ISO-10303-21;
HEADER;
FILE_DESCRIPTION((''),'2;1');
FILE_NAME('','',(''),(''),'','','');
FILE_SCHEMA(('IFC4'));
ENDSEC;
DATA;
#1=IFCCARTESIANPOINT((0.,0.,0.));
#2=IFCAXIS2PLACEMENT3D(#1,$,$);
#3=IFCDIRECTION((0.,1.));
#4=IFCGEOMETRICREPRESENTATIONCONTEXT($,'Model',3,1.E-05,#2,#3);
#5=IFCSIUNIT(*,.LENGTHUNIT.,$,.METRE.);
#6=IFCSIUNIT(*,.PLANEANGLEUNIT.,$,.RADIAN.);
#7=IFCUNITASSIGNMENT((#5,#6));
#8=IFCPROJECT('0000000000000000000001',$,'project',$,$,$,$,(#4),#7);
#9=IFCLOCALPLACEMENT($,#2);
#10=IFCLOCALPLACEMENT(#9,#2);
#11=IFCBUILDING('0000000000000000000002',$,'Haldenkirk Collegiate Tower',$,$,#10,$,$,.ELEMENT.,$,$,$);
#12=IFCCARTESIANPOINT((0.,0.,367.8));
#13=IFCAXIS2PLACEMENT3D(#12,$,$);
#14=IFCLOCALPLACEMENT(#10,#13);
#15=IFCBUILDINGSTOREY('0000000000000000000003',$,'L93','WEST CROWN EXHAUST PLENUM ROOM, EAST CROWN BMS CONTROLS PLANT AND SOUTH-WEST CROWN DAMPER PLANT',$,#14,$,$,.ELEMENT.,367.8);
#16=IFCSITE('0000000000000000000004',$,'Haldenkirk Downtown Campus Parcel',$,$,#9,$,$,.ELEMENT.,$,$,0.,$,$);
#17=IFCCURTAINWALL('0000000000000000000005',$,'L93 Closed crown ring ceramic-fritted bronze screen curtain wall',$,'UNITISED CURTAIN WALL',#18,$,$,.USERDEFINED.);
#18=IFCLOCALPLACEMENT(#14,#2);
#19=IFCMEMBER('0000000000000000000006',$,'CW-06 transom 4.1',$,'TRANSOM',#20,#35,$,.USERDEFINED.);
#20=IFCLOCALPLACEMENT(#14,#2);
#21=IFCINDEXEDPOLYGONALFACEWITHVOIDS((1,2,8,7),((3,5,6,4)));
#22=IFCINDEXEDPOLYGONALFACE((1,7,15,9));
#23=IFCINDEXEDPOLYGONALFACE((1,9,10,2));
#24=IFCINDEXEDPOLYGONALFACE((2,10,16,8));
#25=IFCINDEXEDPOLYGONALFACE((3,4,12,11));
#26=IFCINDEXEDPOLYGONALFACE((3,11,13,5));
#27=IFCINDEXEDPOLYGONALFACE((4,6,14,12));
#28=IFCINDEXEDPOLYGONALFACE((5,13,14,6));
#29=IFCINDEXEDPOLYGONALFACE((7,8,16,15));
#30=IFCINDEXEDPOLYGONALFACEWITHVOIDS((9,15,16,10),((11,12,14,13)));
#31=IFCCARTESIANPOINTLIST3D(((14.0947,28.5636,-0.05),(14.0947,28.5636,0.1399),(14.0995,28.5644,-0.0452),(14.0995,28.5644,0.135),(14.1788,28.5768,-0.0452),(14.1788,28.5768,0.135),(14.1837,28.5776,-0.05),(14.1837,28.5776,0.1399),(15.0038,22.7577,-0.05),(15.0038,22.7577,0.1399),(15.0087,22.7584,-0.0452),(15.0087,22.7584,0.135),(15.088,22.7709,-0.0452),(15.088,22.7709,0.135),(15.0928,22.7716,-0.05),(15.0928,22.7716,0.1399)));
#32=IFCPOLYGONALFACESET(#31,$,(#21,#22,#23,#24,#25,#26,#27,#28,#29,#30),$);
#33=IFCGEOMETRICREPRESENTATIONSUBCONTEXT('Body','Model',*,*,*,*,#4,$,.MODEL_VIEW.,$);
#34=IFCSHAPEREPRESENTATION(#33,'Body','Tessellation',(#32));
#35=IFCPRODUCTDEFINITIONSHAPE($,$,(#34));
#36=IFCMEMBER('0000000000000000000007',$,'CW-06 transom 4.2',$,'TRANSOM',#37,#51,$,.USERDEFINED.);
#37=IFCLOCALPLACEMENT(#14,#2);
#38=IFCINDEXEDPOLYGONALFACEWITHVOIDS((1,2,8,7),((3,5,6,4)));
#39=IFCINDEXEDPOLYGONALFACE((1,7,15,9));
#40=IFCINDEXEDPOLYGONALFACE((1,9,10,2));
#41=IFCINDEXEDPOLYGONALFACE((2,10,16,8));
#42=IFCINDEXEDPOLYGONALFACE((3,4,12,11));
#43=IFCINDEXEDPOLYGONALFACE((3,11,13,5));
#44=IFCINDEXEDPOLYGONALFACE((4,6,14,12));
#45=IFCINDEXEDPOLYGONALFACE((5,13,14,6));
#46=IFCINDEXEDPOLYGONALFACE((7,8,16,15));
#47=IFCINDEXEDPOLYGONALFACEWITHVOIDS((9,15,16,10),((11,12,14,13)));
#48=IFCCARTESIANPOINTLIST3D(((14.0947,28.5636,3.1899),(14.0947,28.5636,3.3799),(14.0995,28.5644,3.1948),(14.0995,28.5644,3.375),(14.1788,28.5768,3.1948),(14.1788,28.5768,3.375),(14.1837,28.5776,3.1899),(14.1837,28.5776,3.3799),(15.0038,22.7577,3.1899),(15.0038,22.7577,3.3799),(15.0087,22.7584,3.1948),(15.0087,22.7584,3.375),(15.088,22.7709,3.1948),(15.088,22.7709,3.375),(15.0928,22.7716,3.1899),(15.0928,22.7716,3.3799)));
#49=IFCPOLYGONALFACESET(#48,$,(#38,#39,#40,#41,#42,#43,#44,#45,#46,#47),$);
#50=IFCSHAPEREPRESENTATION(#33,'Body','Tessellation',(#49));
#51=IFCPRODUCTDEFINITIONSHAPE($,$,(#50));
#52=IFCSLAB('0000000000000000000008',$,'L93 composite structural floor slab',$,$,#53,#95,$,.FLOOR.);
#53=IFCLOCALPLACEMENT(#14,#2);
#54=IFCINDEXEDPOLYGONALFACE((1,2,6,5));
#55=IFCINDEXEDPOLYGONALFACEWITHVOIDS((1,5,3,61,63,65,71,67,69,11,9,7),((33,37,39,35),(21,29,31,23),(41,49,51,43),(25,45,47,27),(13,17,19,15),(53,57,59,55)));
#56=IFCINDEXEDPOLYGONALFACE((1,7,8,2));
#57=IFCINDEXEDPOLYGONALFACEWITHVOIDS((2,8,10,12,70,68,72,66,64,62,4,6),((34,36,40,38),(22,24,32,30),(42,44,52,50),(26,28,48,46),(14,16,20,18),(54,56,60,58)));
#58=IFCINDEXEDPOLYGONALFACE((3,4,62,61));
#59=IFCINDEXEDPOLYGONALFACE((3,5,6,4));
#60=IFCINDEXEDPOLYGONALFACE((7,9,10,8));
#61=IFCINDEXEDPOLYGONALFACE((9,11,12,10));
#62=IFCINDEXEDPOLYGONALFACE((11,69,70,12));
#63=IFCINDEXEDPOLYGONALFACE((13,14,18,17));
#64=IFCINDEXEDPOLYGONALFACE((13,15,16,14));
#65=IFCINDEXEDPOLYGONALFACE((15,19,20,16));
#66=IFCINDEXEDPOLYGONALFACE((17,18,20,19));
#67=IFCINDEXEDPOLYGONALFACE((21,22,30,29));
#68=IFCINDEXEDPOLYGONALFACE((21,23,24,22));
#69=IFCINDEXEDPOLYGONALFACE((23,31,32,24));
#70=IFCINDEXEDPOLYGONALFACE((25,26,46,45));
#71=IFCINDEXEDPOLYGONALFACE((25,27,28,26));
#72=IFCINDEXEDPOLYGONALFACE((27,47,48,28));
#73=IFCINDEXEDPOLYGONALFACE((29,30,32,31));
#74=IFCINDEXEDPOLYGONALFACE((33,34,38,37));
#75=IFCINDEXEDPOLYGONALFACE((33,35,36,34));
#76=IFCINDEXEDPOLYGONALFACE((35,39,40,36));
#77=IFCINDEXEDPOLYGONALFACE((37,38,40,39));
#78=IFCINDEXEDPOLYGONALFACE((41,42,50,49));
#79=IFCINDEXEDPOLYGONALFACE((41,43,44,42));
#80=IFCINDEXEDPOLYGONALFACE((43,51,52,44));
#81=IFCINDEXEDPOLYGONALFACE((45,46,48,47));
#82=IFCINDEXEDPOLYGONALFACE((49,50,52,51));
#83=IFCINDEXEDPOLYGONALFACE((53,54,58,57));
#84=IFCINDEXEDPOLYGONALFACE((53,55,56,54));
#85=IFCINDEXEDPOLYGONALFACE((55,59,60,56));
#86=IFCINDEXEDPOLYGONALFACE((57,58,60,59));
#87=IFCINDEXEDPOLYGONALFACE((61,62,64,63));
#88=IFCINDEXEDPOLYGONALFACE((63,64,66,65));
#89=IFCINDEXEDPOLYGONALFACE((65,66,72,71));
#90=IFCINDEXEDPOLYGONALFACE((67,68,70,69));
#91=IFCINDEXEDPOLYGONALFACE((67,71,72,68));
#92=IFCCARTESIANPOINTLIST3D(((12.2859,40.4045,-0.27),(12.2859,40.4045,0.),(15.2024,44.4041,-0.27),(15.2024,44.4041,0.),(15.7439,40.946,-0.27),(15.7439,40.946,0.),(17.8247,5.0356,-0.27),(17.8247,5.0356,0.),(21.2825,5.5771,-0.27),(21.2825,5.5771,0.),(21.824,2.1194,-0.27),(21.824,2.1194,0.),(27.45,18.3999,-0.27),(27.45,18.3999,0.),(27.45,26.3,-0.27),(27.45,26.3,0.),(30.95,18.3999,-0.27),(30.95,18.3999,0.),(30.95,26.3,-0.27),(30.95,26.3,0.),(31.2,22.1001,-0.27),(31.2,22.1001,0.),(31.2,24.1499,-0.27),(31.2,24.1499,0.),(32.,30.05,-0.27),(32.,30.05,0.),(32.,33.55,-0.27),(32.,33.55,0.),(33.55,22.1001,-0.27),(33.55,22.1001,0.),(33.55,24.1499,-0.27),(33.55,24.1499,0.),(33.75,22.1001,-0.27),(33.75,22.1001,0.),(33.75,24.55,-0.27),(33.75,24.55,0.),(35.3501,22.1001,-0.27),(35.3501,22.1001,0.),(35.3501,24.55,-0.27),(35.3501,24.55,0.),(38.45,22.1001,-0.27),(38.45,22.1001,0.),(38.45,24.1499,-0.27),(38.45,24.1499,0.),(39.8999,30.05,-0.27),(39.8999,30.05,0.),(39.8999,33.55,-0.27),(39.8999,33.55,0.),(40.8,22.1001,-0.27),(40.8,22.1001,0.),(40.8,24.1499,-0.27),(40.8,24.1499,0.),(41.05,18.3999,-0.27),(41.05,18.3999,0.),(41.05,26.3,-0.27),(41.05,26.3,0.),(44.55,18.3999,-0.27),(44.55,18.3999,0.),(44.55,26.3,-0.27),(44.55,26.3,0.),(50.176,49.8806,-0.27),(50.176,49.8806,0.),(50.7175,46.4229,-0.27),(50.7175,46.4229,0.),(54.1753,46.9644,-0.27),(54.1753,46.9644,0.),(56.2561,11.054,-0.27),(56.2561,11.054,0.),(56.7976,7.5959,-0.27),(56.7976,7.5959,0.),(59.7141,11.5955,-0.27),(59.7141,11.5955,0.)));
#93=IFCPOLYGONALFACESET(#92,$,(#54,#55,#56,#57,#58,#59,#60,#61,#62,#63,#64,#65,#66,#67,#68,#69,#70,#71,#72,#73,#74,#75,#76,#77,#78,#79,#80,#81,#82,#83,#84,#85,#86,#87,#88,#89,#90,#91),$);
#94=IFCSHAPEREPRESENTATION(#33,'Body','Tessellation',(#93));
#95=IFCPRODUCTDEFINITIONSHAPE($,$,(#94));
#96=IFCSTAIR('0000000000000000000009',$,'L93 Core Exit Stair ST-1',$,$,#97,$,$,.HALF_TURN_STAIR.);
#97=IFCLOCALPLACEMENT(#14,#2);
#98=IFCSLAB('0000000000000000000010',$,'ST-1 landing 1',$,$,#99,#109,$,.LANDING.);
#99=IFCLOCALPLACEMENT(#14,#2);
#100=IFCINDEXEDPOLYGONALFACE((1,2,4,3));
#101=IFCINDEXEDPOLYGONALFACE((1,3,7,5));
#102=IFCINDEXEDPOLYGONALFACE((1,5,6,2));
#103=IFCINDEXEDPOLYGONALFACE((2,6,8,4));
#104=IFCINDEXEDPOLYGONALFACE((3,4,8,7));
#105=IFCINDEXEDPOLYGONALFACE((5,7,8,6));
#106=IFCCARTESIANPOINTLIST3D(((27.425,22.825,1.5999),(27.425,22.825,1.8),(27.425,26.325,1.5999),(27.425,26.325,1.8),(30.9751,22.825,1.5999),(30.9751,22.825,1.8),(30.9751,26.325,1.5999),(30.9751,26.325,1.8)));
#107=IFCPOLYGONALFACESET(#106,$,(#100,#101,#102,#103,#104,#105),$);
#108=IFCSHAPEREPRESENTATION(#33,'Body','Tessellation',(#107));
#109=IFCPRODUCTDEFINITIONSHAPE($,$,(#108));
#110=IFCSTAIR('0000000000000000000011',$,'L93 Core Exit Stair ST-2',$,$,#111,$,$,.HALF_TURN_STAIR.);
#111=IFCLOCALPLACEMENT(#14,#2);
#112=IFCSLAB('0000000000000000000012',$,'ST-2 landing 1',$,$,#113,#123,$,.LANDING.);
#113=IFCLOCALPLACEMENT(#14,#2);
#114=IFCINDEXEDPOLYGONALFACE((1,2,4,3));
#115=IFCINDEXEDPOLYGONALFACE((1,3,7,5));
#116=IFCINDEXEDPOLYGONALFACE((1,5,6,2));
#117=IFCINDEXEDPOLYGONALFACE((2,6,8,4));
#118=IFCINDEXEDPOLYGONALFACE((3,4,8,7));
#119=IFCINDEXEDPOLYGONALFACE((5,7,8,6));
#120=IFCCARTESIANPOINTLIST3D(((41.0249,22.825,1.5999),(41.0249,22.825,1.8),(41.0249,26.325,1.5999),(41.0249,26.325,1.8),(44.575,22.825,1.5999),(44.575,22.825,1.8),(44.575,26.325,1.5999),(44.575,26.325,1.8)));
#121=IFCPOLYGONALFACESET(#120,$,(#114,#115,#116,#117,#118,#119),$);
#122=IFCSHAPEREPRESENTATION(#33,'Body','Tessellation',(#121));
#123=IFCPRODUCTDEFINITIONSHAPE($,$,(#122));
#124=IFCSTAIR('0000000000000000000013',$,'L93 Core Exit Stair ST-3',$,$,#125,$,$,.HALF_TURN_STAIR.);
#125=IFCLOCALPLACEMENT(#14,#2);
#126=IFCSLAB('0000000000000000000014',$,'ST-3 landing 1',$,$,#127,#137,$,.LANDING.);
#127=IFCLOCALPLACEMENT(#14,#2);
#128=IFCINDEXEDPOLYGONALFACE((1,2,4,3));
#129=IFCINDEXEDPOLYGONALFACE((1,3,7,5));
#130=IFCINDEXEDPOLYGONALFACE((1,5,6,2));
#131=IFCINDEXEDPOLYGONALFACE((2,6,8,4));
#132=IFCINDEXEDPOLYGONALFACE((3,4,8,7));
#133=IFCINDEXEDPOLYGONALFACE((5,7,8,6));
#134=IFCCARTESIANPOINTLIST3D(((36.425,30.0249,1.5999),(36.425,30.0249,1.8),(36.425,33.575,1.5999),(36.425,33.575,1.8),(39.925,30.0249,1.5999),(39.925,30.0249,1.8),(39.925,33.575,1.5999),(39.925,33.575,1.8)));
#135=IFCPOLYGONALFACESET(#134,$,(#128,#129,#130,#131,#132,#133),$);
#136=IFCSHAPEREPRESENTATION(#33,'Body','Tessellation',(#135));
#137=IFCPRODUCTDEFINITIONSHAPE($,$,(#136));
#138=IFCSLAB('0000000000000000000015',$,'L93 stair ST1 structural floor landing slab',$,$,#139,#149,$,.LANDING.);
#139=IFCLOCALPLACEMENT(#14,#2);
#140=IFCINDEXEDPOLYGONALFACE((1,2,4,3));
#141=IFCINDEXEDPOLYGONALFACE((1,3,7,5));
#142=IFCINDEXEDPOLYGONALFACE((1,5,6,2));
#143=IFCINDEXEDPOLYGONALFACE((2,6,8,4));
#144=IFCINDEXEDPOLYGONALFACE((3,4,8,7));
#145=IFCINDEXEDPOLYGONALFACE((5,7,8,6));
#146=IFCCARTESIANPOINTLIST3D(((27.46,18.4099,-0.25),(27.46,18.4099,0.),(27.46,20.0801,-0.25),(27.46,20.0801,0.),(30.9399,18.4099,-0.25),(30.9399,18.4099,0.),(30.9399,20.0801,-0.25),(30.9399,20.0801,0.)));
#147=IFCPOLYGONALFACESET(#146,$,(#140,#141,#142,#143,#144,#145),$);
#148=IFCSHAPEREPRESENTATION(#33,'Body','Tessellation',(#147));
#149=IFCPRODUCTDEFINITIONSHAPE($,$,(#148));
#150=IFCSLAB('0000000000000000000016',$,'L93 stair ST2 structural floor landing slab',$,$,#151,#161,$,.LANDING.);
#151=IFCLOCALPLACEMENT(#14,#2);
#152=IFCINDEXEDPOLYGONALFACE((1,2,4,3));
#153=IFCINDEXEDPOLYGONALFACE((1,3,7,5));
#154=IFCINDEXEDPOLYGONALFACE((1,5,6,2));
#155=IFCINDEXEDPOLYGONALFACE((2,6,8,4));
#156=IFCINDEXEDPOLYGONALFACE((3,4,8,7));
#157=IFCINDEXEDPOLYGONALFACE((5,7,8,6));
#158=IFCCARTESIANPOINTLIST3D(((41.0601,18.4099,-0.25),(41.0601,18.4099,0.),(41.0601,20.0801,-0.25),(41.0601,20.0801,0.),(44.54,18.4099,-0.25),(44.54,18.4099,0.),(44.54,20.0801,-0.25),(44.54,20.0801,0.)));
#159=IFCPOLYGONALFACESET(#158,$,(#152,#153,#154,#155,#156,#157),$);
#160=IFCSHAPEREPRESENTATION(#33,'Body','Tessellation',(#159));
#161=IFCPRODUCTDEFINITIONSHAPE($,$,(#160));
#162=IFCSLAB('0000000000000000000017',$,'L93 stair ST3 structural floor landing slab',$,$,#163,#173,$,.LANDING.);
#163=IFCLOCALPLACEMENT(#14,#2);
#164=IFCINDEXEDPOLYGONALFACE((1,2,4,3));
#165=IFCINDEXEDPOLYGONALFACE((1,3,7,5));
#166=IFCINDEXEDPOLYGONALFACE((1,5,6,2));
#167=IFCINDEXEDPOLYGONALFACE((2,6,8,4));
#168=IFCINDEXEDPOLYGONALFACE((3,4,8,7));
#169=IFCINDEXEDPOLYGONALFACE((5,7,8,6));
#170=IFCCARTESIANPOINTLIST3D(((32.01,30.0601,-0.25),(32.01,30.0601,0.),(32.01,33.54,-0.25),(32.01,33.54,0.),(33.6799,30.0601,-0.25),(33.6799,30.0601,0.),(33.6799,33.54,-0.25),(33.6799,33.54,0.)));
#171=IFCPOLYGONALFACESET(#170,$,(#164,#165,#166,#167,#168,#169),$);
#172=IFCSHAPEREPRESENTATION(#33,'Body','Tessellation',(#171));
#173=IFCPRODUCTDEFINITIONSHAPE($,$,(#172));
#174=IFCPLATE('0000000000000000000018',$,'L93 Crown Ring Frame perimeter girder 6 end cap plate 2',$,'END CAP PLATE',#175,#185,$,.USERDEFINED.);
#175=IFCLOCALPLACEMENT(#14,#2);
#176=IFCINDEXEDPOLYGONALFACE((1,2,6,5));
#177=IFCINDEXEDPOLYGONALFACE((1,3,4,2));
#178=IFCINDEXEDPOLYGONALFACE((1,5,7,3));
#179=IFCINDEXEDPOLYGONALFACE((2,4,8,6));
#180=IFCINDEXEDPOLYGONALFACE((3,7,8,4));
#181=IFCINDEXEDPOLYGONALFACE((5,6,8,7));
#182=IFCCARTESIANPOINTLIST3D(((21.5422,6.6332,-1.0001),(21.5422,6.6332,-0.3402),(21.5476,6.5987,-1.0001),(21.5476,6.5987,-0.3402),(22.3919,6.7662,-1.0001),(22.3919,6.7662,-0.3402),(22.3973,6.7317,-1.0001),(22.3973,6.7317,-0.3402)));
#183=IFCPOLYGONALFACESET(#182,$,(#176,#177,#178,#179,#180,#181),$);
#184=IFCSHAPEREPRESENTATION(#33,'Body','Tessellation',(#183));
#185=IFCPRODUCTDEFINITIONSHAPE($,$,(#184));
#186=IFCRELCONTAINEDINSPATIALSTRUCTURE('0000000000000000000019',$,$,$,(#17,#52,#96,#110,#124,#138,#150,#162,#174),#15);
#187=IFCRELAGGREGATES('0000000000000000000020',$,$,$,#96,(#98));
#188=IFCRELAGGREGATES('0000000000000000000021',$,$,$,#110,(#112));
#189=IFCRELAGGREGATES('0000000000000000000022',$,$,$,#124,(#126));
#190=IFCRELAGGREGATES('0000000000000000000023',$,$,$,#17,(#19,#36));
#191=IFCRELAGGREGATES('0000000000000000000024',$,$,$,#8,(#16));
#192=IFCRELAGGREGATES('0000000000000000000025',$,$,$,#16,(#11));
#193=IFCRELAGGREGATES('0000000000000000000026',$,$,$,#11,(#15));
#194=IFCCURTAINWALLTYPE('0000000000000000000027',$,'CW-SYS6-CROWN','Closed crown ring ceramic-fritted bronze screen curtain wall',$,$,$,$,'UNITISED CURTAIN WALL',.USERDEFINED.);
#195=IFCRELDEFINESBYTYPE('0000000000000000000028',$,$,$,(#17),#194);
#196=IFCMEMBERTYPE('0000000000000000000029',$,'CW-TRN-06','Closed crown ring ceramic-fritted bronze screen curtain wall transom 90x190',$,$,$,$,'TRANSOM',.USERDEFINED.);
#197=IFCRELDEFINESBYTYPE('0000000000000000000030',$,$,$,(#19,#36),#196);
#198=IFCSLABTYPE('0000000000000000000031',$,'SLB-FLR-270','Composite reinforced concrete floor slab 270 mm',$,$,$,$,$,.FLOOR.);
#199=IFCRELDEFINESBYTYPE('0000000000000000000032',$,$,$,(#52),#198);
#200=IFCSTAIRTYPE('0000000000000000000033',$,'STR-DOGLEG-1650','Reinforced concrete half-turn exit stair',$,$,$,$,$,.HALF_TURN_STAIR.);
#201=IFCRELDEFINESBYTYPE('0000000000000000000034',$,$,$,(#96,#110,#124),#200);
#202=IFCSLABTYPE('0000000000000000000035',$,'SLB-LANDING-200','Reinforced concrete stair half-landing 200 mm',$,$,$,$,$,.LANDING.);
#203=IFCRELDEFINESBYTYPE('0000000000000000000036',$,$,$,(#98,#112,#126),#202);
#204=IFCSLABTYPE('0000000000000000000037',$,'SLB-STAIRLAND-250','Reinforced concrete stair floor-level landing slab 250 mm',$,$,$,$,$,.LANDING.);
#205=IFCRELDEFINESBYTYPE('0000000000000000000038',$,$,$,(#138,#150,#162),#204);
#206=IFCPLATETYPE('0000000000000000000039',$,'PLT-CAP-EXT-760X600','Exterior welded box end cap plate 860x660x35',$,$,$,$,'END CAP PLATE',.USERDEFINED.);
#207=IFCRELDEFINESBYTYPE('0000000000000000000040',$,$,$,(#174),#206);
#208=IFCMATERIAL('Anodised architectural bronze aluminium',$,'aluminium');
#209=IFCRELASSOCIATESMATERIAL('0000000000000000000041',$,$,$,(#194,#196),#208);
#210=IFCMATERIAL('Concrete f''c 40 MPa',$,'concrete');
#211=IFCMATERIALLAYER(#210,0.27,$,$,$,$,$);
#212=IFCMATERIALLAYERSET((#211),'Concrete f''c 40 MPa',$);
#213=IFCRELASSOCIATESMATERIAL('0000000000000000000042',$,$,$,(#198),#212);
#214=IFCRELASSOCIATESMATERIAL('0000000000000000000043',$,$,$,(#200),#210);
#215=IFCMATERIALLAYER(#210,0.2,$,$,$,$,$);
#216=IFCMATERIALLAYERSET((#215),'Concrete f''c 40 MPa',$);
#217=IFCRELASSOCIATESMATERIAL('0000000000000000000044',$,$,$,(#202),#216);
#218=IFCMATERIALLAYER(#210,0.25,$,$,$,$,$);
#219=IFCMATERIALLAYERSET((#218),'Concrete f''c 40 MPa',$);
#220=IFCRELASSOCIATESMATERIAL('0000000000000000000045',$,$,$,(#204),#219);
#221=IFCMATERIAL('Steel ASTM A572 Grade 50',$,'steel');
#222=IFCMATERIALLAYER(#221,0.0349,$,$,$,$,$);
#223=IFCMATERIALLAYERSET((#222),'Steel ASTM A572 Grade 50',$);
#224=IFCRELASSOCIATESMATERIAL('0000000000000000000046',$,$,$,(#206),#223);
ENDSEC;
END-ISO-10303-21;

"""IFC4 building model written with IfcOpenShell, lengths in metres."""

from ifc_helpers import new_model, si_unit, direction, frame, origin, origin_2d, place, context, subcontext, project, spatial, polyline, rectangle, hollow_rectangle, outline, extrude, source, transform, mapped, material, layer, layer_set, material_profile, profile_set, type_object, element, aggregate, save


model = new_model("IFC4")

# Units and contexts
model_context = context("Model", 3, precision=1e-05, world=origin(), true_north=direction((0.0, 1.0)))
body_context = subcontext(model_context, "Body", "Model", "MODEL_VIEW")
ifc_project = project(units=[si_unit("LENGTHUNIT", "METRE"), si_unit("PLANEANGLEUNIT", "RADIAN")], contexts=[model_context])

# Site, building, storey
site_placement = place(None, origin())
site = spatial("IfcSite", under=ifc_project, at=site_placement, Name="Haldenkirk Downtown Campus Parcel", CompositionType="ELEMENT", RefElevation=0.0)
building_placement = place(site_placement, origin())
building = spatial("IfcBuilding", under=site, at=building_placement, Name="Haldenkirk Collegiate Tower", CompositionType="ELEMENT")
storey_placement = place(building_placement, frame((0.0, 0.0, 367.8)))
storey = spatial("IfcBuildingStorey", under=building, at=storey_placement, Name="L93", Description="WEST CROWN EXHAUST PLENUM ROOM, EAST CROWN BMS CONTROLS PLANT AND SOUTH-WEST CROWN DAMPER PLANT", CompositionType="ELEMENT", Elevation=367.8)

# Curtain wall
ifc_material_1 = material(Name="Anodised architectural bronze aluminium", Category="aluminium")
curtain_wall_type = type_object("IfcCurtainWallType", Name="CW-SYS6-CROWN", Description="Closed crown ring ceramic-fritted bronze screen curtain wall", ElementType="UNITISED CURTAIN WALL", PredefinedType="USERDEFINED", material=ifc_material_1)
curtain_wall_1_placement = place(storey_placement, origin())
curtain_wall_1 = element("IfcCurtainWall", 1, at=curtain_wall_1_placement, inside=storey, type_object=curtain_wall_type, Name="L93 Closed crown ring ceramic-fritted bronze screen curtain wall", ObjectType="UNITISED CURTAIN WALL", PredefinedType="USERDEFINED")

# Members
ifc_material_profile_1 = material_profile(ifc_material_1, hollow_rectangle(XDim=0.0901, YDim=0.1899, WallThickness=0.0049, at=origin_2d()), Name="CW-TRN-06")
ifc_profile_set_1 = profile_set([ifc_material_profile_1], Name="Anodised architectural bronze aluminium")
member_type_1 = type_object("IfcMemberType", Name="CW-TRN-06", Description="Closed crown ring ceramic-fritted bronze screen curtain wall transom 90x190", ElementType="TRANSOM", PredefinedType="USERDEFINED", material=ifc_profile_set_1)
member_1_placement = place(storey_placement, frame((15.0483, 22.7646, 0.0449), z_axis=(-0.15471, 0.98796, 0.0), x_axis=(-0.98796, -0.15471, 0.0)))
member_1 = element("IfcMember", 2, at=member_1_placement, type_object=member_type_1, Name="CW-06 transom 4.1", ObjectType="TRANSOM", PredefinedType="USERDEFINED", context=body_context, shape_type="SweptSolid", body=[
    extrude(hollow_rectangle(XDim=0.0901, YDim=0.1899, WallThickness=0.0049, at=origin_2d()), origin(), (0.0, 0.0, 1.0), 5.8767),
])
member_2_placement = place(storey_placement, frame((15.0483, 22.7646, 3.2849), z_axis=(-0.15471, 0.98796, 0.0), x_axis=(-0.98796, -0.15471, 0.0)))
member_2 = element("IfcMember", 3, at=member_2_placement, type_object=member_type_1, Name="CW-06 transom 4.2", ObjectType="TRANSOM", PredefinedType="USERDEFINED", context=body_context, shape_type="SweptSolid", body=[
    extrude(hollow_rectangle(XDim=0.0901, YDim=0.1899, WallThickness=0.0049, at=origin_2d()), origin(), (0.0, 0.0, 1.0), 5.8767),
])

# Slab
ifc_material_2 = material(Name="Concrete f'c 40 MPa", Category="concrete")
ifc_layer_1 = layer(ifc_material_2, 0.27)
ifc_layer_set_1 = layer_set([ifc_layer_1], Name="Concrete f'c 40 MPa")
slab_type_1 = type_object("IfcSlabType", Name="SLB-FLR-270", Description="Composite reinforced concrete floor slab 270 mm", PredefinedType="FLOOR", material=ifc_layer_set_1)
slab_1_placement = place(storey_placement, frame((0.0, 0.0, -0.27)))
element("IfcSlab", 4, at=slab_1_placement, inside=storey, type_object=slab_type_1, Name="L93 composite structural floor slab", PredefinedType="FLOOR", context=body_context, shape_type="SweptSolid", body=[
    extrude(outline(polyline([(59.7141, 11.5955), (54.1753, 46.9644), (50.7175, 46.4229), (50.176, 49.8806), (15.2024, 44.4041), (15.7439, 40.946), (12.2859, 40.4045), (17.8247, 5.0356), (21.2825, 5.5771), (21.824, 2.1194), (56.7976, 7.5959), (56.2561, 11.054), (59.7141, 11.5955)]), holes=[polyline([(27.45, 18.3999), (30.95, 18.3999), (30.95, 26.3), (27.45, 26.3), (27.45, 18.3999)]), polyline([(41.05, 18.3999), (44.55, 18.3999), (44.55, 26.3), (41.05, 26.3), (41.05, 18.3999)]), polyline([(32.0, 30.05), (39.8999, 30.05), (39.8999, 33.55), (32.0, 33.55), (32.0, 30.05)]), polyline([(33.75, 22.1001), (35.3501, 22.1001), (35.3501, 24.55), (33.75, 24.55), (33.75, 22.1001)]), polyline([(31.2, 22.1001), (33.55, 22.1001), (33.55, 24.1499), (31.2, 24.1499), (31.2, 22.1001)]), polyline([(38.45, 22.1001), (40.8, 22.1001), (40.8, 24.1499), (38.45, 24.1499), (38.45, 22.1001)])]), origin(), (0.0, 0.0, 1.0), 0.27),
])

# Stairs, slabs
stair_type = type_object("IfcStairType", Name="STR-DOGLEG-1650", Description="Reinforced concrete half-turn exit stair", PredefinedType="HALF_TURN_STAIR", material=ifc_material_2)
stair_1_placement = place(storey_placement, origin())
stair_1 = element("IfcStair", 5, at=stair_1_placement, inside=storey, type_object=stair_type, Name="L93 Core Exit Stair ST-1", PredefinedType="HALF_TURN_STAIR")
ifc_layer_2 = layer(ifc_material_2, 0.2)
ifc_layer_set_2 = layer_set([ifc_layer_2], Name="Concrete f'c 40 MPa")
slab_type_2 = type_object("IfcSlabType", Name="SLB-LANDING-200", Description="Reinforced concrete stair half-landing 200 mm", PredefinedType="LANDING", material=ifc_layer_set_2)
slab_2_placement = place(storey_placement, frame((0.0, 0.0, 1.5999)))
slab_2 = element("IfcSlab", 6, at=slab_2_placement, type_object=slab_type_2, Name="ST-1 landing 1", PredefinedType="LANDING", context=body_context, shape_type="SweptSolid", body=[
    extrude(outline(polyline([(30.9751, 22.825), (27.425, 22.825), (27.425, 26.325), (30.9751, 26.325), (30.9751, 22.825)])), origin(), (0.0, 0.0, 1.0), 0.2002),
])
aggregate(stair_1, [slab_2])
stair_2_placement = place(storey_placement, origin())
stair_2 = element("IfcStair", 7, at=stair_2_placement, inside=storey, type_object=stair_type, Name="L93 Core Exit Stair ST-2", PredefinedType="HALF_TURN_STAIR")
slab_3_placement = place(storey_placement, frame((0.0, 0.0, 1.5999)))
slab_3 = element("IfcSlab", 8, at=slab_3_placement, type_object=slab_type_2, Name="ST-2 landing 1", PredefinedType="LANDING", context=body_context, shape_type="SweptSolid", body=[
    extrude(outline(polyline([(44.575, 22.825), (41.0249, 22.825), (41.0249, 26.325), (44.575, 26.325), (44.575, 22.825)])), origin(), (0.0, 0.0, 1.0), 0.2002),
])
aggregate(stair_2, [slab_3])
stair_3_placement = place(storey_placement, origin())
stair_3 = element("IfcStair", 9, at=stair_3_placement, inside=storey, type_object=stair_type, Name="L93 Core Exit Stair ST-3", PredefinedType="HALF_TURN_STAIR")
slab_4_placement = place(storey_placement, frame((0.0, 0.0, 1.5999)))
slab_4 = element("IfcSlab", 10, at=slab_4_placement, type_object=slab_type_2, Name="ST-3 landing 1", PredefinedType="LANDING", context=body_context, shape_type="SweptSolid", body=[
    extrude(outline(polyline([(36.425, 30.0249), (36.425, 33.575), (39.925, 33.575), (39.925, 30.0249), (36.425, 30.0249)])), origin(), (0.0, 0.0, 1.0), 0.2002),
])
aggregate(stair_3, [slab_4])

# Slabs
ifc_layer_3 = layer(ifc_material_2, 0.25)
ifc_layer_set_3 = layer_set([ifc_layer_3], Name="Concrete f'c 40 MPa")
slab_type_3 = type_object("IfcSlabType", Name="SLB-STAIRLAND-250", Description="Reinforced concrete stair floor-level landing slab 250 mm", PredefinedType="LANDING", material=ifc_layer_set_3)
slab_5_placement = place(storey_placement, frame((0.0, 0.0, -0.25)))
element("IfcSlab", 11, at=slab_5_placement, inside=storey, type_object=slab_type_3, Name="L93 stair ST1 structural floor landing slab", PredefinedType="LANDING", context=body_context, shape_type="SweptSolid", body=[
    extrude(outline(polyline([(27.46, 18.4099), (30.9399, 18.4099), (30.9399, 20.0801), (27.46, 20.0801), (27.46, 18.4099)])), origin(), (0.0, 0.0, 1.0), 0.25),
])
slab_6_placement = place(storey_placement, frame((0.0, 0.0, -0.25)))
element("IfcSlab", 12, at=slab_6_placement, inside=storey, type_object=slab_type_3, Name="L93 stair ST2 structural floor landing slab", PredefinedType="LANDING", context=body_context, shape_type="SweptSolid", body=[
    extrude(outline(polyline([(41.0601, 18.4099), (44.54, 18.4099), (44.54, 20.0801), (41.0601, 20.0801), (41.0601, 18.4099)])), origin(), (0.0, 0.0, 1.0), 0.25),
])
slab_7_placement = place(storey_placement, frame((0.0, 0.0, -0.25)))
element("IfcSlab", 13, at=slab_7_placement, inside=storey, type_object=slab_type_3, Name="L93 stair ST3 structural floor landing slab", PredefinedType="LANDING", context=body_context, shape_type="SweptSolid", body=[
    extrude(outline(polyline([(32.01, 30.0601), (33.6799, 30.0601), (33.6799, 33.54), (32.01, 33.54), (32.01, 30.0601)])), origin(), (0.0, 0.0, 1.0), 0.25),
])

# Plate
ifc_material_3 = material(Name="Steel ASTM A572 Grade 50", Category="steel")
ifc_layer_4 = layer(ifc_material_3, 0.0349)
ifc_layer_set_4 = layer_set([ifc_layer_4], Name="Steel ASTM A572 Grade 50")
plate_type_1 = type_object("IfcPlateType", Name="PLT-CAP-EXT-760X600", Description="Exterior welded box end cap plate 860x660x35", ElementType="END CAP PLATE", PredefinedType="USERDEFINED", material=ifc_layer_set_4)
shared_shape_1 = source(origin(), body_context, "Body", "SweptSolid", [
    extrude(rectangle(XDim=0.8601, YDim=0.6599, at=origin_2d()), origin(), (0.0, 0.0, 1.0), 0.0349),
])
plate_1_placement = place(storey_placement, frame((21.967, 6.6997, -0.6702), z_axis=(0.154711, -0.98796, 0.0), x_axis=(0.98796, 0.154711, 0.0)))
element("IfcPlate", 14, at=plate_1_placement, inside=storey, type_object=plate_type_1, Name="L93 Crown Ring Frame perimeter girder 6 end cap plate 2", ObjectType="END CAP PLATE", PredefinedType="USERDEFINED", context=body_context, shape_type="MappedRepresentation", body=[
    mapped(shared_shape_1, transform((0.0, 0.0, 0.0), x_axis=(1.0, 0.0, 0.0), y_axis=(0.0, 1.0, 0.0), z_axis=(0.0, 0.0, 1.0), scale=1.0)),
])
aggregate(curtain_wall_1, [member_1, member_2])

save(model, "model.ifc")
